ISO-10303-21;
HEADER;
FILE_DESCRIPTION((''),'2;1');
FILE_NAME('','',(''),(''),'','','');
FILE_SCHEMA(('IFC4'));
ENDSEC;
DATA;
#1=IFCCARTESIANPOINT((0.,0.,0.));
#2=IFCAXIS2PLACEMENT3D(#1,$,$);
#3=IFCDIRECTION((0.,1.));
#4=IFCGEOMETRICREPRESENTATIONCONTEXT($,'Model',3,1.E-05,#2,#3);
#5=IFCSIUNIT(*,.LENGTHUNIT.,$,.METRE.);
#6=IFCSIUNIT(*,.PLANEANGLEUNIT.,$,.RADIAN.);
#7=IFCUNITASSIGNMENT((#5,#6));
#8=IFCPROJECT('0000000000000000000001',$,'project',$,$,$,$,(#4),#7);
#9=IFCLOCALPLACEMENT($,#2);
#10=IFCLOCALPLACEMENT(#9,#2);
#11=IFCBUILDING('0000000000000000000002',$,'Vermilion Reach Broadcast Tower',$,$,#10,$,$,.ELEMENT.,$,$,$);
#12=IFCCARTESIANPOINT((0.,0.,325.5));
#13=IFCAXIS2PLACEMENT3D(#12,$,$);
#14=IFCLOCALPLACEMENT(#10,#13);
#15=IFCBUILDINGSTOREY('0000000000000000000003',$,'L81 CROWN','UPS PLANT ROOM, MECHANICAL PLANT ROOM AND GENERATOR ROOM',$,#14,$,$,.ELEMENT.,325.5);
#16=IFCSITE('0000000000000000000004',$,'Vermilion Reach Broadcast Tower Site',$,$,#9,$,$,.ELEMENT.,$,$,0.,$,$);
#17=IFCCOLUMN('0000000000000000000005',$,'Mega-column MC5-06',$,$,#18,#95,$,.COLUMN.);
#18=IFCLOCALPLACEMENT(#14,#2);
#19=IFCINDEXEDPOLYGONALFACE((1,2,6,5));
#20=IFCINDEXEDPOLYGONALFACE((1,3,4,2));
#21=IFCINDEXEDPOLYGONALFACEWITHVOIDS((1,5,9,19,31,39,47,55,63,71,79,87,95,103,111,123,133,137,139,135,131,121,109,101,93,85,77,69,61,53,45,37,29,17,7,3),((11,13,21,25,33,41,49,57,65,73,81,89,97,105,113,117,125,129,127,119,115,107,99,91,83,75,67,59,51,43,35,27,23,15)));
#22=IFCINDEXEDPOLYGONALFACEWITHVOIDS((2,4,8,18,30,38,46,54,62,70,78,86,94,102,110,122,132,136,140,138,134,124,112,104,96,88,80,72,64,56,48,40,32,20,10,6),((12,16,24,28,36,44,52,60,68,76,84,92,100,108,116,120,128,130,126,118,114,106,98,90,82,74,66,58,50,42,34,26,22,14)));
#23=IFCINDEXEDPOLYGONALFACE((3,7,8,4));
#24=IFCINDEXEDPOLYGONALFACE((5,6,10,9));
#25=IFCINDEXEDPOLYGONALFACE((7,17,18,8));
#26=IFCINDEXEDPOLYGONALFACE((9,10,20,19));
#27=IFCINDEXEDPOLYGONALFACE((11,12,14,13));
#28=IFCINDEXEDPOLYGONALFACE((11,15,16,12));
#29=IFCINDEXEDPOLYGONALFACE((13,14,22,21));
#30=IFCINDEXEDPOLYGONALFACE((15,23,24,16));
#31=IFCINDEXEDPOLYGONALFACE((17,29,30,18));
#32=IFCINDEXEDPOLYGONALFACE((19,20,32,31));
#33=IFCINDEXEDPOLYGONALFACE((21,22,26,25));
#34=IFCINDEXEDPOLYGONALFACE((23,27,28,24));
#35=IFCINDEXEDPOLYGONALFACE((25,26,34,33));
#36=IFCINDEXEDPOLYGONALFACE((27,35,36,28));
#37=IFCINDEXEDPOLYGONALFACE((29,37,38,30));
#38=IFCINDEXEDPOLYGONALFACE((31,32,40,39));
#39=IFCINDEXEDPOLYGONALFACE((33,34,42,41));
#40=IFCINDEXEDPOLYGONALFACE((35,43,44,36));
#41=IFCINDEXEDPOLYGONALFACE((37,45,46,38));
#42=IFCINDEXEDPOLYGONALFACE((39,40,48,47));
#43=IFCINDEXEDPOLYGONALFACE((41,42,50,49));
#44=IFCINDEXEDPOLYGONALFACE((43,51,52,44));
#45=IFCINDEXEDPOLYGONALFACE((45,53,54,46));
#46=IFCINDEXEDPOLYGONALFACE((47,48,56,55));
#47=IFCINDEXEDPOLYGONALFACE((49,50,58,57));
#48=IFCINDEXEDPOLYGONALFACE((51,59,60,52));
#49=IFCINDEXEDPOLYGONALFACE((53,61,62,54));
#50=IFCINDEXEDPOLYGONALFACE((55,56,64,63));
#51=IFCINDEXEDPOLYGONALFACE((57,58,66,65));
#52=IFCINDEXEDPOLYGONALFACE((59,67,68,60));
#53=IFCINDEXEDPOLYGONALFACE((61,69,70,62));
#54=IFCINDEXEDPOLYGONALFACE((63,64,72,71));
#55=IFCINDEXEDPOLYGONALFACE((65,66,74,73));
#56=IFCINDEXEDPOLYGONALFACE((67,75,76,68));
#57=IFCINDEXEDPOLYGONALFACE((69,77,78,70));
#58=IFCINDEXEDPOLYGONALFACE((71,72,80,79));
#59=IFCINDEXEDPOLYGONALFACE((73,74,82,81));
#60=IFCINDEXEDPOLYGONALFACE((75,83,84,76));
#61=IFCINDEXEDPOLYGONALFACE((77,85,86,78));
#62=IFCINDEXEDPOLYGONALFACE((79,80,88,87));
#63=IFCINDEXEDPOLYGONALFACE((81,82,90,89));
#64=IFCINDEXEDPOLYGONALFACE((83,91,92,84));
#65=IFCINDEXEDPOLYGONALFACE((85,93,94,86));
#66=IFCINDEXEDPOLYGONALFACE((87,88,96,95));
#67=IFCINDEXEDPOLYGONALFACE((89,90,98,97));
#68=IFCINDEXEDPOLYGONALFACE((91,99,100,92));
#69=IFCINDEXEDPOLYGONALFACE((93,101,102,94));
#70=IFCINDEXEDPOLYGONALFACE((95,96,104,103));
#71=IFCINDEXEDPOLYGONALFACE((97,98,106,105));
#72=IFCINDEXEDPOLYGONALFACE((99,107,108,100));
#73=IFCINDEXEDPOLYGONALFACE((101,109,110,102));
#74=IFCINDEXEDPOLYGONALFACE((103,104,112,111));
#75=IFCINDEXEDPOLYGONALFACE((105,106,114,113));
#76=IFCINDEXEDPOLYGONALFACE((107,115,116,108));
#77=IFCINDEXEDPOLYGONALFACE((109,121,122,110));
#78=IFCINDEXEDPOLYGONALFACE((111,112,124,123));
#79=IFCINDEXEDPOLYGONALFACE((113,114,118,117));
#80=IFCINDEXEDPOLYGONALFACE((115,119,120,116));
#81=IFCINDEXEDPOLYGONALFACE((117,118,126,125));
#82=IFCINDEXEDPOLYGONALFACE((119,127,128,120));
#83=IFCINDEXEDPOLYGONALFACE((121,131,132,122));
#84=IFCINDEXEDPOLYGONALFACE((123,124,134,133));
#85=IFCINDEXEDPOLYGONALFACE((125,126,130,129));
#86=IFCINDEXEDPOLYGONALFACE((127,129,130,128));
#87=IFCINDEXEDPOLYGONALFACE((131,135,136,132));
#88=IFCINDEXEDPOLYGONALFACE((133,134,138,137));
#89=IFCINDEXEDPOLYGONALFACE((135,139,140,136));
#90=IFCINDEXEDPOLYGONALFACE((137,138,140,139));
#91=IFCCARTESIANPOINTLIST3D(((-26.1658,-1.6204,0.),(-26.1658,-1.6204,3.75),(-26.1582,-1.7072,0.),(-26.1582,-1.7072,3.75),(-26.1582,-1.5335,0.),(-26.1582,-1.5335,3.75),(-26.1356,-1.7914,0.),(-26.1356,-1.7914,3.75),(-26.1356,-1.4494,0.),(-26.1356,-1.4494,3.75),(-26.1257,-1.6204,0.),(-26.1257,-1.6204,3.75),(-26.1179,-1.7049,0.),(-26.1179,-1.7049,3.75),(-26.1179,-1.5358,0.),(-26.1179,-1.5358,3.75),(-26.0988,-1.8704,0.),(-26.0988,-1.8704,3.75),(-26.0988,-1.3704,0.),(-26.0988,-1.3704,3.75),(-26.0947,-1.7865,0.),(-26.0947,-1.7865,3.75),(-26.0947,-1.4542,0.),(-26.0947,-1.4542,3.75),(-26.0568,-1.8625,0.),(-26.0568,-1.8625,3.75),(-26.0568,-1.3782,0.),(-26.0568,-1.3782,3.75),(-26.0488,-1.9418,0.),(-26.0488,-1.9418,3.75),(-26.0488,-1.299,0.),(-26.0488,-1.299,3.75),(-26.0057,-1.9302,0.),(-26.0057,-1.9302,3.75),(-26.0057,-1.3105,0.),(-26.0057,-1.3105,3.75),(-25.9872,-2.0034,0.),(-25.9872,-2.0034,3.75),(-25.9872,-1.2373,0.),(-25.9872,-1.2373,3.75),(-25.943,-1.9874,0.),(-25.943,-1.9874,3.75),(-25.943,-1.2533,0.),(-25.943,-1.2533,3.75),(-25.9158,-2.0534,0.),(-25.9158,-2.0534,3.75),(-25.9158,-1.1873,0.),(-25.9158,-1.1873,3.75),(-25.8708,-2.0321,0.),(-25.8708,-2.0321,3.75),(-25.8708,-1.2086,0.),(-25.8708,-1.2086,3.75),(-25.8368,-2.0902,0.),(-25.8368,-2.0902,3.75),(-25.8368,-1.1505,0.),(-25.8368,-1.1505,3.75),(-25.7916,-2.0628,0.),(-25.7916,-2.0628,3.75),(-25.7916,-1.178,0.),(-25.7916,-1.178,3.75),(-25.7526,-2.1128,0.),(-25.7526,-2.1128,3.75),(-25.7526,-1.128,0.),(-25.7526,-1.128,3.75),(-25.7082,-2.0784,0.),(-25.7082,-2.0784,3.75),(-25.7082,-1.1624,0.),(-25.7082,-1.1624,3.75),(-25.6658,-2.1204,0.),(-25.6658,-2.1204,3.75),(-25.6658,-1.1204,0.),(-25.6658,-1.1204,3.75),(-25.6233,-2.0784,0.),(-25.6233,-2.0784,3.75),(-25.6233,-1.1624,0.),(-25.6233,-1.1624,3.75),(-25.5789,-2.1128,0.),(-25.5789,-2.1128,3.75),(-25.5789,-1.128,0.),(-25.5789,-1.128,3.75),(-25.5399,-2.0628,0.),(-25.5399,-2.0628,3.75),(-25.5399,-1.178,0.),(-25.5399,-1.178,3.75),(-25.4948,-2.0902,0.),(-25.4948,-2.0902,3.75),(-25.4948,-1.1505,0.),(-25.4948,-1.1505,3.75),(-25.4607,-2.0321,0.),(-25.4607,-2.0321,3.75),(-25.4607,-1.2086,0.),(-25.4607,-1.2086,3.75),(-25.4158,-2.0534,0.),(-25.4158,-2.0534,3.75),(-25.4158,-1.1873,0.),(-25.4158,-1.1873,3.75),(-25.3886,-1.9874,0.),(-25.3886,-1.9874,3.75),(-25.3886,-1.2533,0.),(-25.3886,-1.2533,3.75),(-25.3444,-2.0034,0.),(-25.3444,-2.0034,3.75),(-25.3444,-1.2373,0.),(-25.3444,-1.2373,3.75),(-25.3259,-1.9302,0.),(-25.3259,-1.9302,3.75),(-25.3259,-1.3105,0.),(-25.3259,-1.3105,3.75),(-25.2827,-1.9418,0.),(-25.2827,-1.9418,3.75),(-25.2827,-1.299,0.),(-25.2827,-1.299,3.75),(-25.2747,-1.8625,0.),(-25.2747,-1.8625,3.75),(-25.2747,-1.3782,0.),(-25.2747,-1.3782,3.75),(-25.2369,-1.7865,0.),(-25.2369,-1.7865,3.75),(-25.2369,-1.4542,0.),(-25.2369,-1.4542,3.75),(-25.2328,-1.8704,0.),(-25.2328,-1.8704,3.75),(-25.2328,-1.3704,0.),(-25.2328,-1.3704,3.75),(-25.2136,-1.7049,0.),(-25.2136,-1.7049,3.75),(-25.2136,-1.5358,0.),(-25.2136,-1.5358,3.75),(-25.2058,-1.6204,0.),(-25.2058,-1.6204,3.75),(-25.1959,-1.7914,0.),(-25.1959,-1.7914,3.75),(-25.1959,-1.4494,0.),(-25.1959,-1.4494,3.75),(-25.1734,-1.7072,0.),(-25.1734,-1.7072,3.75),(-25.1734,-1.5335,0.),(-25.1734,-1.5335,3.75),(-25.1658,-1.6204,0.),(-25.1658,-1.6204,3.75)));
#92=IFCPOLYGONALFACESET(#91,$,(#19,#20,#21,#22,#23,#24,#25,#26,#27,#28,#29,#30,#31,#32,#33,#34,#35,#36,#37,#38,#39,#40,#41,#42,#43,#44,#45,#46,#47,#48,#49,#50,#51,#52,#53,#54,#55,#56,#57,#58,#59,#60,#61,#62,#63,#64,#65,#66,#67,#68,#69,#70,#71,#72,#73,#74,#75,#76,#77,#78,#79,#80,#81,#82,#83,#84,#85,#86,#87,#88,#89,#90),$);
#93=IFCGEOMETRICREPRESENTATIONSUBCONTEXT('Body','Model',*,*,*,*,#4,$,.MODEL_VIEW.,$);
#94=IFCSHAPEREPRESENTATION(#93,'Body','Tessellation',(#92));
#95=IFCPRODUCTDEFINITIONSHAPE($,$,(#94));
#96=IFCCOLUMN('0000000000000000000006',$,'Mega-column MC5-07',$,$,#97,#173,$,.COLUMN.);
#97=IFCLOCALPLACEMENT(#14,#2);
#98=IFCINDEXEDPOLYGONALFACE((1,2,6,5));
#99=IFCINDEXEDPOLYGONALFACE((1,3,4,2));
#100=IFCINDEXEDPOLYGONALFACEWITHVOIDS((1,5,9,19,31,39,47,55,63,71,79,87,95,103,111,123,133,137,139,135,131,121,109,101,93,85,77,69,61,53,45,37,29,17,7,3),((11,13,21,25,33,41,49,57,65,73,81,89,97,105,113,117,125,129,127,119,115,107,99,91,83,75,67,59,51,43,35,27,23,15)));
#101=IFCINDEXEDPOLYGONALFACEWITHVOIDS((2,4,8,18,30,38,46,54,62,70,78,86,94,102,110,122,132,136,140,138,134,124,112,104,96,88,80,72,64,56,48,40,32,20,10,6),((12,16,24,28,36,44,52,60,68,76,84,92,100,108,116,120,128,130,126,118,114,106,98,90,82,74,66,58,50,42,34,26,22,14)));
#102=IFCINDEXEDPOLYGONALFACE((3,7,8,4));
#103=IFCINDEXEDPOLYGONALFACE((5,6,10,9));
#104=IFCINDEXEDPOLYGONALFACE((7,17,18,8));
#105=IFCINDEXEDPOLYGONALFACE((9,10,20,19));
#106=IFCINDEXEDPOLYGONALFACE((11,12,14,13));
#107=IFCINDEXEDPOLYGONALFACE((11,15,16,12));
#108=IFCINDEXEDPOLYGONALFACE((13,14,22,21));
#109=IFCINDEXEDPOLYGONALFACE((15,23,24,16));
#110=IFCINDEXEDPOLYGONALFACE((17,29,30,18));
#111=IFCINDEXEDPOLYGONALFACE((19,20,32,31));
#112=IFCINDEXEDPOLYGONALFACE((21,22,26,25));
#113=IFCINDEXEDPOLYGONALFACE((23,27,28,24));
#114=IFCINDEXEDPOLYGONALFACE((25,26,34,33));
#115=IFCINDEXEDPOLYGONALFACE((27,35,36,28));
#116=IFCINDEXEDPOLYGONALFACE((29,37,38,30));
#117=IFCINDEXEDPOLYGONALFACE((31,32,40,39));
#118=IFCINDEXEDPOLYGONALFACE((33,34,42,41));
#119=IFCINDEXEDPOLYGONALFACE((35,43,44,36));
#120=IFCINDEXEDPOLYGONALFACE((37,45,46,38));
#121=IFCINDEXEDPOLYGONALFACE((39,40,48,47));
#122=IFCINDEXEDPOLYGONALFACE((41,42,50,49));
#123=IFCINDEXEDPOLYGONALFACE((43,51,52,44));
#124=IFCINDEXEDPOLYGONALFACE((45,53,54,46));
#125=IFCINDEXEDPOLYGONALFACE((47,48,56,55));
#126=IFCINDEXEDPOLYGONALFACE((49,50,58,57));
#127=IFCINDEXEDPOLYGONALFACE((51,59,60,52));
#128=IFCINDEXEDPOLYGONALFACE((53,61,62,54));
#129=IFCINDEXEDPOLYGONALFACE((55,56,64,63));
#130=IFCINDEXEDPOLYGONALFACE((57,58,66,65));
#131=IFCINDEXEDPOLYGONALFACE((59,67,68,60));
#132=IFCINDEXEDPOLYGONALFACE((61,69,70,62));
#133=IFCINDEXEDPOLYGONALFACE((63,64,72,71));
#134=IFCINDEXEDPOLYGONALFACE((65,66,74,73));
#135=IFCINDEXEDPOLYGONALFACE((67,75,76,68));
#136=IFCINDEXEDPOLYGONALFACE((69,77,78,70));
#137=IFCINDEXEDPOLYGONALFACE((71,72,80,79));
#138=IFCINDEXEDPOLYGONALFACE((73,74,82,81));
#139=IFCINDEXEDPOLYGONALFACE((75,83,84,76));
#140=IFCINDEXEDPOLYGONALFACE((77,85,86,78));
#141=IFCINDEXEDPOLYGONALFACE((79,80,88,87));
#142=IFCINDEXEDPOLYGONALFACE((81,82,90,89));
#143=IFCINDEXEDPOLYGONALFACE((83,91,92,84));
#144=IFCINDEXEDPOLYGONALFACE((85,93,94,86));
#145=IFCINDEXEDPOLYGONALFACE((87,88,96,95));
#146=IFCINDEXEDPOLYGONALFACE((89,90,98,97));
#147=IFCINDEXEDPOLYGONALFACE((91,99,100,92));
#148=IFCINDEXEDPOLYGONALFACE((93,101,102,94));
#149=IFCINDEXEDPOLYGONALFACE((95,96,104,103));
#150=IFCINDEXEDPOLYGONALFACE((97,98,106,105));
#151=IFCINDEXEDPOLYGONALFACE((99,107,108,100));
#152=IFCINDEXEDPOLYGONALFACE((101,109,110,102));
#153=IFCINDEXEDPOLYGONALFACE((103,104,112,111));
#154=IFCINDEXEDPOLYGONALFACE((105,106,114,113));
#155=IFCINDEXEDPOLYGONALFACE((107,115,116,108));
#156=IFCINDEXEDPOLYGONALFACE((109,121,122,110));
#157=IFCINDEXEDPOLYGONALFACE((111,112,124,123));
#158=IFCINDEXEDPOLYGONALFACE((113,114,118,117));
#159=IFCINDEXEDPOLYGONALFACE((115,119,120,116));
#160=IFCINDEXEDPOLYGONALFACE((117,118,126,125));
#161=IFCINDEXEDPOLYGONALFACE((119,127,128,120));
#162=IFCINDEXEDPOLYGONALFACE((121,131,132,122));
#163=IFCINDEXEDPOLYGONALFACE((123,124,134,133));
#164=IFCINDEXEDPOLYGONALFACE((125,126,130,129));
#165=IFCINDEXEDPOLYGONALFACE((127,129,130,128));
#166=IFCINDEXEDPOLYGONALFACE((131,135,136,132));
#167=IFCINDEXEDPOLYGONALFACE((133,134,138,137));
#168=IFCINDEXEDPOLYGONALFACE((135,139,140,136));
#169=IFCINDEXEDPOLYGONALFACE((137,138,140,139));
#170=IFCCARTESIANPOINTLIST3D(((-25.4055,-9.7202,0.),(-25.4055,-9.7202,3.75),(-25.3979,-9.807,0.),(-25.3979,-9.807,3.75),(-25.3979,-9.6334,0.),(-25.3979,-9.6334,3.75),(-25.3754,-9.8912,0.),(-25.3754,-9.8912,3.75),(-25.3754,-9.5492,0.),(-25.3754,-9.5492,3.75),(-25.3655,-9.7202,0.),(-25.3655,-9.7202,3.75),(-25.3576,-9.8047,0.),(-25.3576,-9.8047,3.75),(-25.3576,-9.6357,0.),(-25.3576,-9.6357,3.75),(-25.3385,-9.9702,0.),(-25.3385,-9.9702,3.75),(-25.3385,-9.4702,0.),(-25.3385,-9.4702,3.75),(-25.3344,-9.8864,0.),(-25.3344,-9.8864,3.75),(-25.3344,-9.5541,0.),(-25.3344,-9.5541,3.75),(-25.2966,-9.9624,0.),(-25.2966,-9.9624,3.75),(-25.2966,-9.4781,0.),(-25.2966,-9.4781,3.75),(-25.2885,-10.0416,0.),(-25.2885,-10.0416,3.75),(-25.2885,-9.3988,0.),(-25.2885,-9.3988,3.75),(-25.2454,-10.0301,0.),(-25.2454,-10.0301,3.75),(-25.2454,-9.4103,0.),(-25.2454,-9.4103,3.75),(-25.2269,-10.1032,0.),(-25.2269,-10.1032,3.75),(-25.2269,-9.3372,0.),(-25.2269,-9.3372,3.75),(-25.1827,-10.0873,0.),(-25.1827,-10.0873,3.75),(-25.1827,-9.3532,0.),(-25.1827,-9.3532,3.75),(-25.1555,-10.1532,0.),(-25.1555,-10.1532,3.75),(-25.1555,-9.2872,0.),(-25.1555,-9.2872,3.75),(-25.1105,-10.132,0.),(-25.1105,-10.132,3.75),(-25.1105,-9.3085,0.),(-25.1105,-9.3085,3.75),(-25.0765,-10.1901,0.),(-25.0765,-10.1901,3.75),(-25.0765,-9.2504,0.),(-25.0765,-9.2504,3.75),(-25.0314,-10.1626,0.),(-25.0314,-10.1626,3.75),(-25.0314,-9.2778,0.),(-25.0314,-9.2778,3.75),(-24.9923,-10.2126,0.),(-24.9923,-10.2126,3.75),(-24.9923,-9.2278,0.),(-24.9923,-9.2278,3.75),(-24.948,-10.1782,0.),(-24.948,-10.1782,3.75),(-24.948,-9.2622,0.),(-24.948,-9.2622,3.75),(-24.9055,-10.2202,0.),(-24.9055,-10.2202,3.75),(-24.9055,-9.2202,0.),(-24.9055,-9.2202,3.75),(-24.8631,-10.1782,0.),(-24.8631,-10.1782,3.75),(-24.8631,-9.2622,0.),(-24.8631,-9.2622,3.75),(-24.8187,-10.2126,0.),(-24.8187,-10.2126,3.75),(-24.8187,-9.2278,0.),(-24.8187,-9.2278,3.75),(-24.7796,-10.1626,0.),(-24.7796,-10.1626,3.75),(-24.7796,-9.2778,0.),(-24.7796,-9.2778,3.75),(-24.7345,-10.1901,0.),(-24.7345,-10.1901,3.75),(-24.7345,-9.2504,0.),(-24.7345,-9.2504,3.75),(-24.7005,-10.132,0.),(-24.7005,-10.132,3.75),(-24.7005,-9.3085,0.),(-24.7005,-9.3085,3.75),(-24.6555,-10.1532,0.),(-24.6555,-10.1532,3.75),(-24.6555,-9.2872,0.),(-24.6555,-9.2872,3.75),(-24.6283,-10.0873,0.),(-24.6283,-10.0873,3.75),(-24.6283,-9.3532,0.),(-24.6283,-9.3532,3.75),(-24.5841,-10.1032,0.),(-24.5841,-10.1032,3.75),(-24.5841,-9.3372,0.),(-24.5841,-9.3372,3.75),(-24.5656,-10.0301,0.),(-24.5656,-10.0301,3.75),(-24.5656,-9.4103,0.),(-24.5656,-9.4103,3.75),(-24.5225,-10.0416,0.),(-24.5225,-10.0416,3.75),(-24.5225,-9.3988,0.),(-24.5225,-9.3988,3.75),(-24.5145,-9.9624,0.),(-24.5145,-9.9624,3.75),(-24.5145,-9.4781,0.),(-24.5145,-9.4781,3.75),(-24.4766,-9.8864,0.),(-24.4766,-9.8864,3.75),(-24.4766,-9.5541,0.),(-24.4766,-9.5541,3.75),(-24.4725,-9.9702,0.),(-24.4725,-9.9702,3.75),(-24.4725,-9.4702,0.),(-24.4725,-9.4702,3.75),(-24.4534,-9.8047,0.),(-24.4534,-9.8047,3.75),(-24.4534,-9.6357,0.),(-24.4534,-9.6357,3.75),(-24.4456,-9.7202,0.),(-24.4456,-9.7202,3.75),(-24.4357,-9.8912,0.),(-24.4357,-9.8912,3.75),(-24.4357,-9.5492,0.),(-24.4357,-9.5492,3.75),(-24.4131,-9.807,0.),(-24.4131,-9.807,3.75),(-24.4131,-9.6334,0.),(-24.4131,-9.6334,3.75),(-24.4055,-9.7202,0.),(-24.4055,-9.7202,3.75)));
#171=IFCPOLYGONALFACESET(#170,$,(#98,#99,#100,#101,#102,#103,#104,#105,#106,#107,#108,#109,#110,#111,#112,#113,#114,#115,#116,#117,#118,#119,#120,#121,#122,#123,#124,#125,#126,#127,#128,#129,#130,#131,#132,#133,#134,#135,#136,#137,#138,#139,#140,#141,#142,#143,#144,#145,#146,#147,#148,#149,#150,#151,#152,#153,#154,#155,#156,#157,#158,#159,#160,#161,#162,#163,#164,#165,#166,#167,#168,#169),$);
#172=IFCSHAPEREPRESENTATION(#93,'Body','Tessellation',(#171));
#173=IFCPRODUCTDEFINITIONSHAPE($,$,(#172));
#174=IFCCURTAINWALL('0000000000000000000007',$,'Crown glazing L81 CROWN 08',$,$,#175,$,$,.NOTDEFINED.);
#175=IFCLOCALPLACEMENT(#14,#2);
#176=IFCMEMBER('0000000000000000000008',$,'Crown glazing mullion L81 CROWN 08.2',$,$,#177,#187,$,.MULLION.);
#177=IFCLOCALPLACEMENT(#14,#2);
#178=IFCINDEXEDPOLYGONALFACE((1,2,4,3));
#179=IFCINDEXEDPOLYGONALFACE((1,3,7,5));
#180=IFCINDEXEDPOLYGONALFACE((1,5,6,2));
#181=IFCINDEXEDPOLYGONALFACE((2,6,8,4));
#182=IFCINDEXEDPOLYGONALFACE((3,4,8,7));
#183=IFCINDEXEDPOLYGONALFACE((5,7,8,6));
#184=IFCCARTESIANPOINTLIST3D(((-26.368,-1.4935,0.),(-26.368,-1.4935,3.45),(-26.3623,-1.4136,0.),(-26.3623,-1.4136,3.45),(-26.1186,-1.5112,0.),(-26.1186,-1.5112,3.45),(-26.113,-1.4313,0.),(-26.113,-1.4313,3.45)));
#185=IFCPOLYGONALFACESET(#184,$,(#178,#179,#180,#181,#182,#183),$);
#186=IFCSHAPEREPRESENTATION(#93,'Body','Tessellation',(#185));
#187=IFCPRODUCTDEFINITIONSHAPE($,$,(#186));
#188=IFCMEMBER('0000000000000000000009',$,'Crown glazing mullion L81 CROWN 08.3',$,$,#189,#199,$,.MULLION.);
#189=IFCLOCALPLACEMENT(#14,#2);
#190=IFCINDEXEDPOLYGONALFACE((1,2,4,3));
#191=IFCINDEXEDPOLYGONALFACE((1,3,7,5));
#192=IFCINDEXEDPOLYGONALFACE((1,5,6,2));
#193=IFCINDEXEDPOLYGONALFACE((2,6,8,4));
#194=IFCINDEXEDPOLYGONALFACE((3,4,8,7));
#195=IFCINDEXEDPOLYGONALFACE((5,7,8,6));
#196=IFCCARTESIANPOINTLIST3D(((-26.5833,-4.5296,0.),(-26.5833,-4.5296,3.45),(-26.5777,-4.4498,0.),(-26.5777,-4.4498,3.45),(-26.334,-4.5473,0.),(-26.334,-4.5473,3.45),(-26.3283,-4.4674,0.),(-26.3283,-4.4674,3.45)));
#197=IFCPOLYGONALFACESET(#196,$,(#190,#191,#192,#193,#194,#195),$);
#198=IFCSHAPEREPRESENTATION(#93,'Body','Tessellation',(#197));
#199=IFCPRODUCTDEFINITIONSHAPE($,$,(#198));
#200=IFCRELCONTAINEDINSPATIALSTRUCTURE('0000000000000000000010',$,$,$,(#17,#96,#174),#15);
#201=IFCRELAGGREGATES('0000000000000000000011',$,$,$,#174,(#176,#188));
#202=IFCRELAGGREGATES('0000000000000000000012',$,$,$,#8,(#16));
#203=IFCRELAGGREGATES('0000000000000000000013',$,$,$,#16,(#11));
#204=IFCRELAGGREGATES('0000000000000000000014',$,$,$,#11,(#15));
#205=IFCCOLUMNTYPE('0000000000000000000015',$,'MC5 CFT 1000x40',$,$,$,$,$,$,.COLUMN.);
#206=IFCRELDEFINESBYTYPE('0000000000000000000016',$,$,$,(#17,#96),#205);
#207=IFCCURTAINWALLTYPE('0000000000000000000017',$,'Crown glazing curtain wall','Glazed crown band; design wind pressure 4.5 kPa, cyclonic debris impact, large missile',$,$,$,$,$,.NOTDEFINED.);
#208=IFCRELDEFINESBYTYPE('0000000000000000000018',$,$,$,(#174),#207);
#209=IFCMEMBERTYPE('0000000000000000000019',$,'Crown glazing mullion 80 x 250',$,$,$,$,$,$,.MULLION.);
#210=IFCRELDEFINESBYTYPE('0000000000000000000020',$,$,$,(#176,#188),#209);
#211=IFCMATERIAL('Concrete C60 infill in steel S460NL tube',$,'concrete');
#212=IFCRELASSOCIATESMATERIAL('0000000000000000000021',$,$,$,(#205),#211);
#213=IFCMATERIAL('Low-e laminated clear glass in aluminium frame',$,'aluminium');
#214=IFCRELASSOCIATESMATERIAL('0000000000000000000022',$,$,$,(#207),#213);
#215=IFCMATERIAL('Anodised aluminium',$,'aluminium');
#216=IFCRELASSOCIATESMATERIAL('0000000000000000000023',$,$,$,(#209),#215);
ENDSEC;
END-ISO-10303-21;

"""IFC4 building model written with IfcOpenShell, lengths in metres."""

from ifc_helpers import new_model, si_unit, direction, frame, origin, origin_2d, place, context, subcontext, project, spatial, rectangle, hollow_circle, extrude, material, material_profile, profile_set, type_object, element, aggregate, save


model = new_model("IFC4")

# Units and contexts
model_context = context("Model", 3, precision=1e-05, world=origin(), true_north=direction((0.0, 1.0)))
body_context = subcontext(model_context, "Body", "Model", "MODEL_VIEW")
ifc_project = project(units=[si_unit("LENGTHUNIT", "METRE"), si_unit("PLANEANGLEUNIT", "RADIAN")], contexts=[model_context])

# Site, building, storey
site_placement = place(None, origin())
site = spatial("IfcSite", under=ifc_project, at=site_placement, Name="Vermilion Reach Broadcast Tower Site", CompositionType="ELEMENT", RefElevation=0.0)
building_placement = place(site_placement, origin())
building = spatial("IfcBuilding", under=site, at=building_placement, Name="Vermilion Reach Broadcast Tower", CompositionType="ELEMENT")
storey_placement = place(building_placement, frame((0.0, 0.0, 325.5)))
storey = spatial("IfcBuildingStorey", under=building, at=storey_placement, Name="L81 CROWN", Description="UPS PLANT ROOM, MECHANICAL PLANT ROOM AND GENERATOR ROOM", CompositionType="ELEMENT", Elevation=325.5)

# Columns
ifc_material_1 = material(Name="Concrete C60 infill in steel S460NL tube", Category="concrete")
ifc_material_profile_1 = material_profile(ifc_material_1, hollow_circle(Radius=0.5, WallThickness=0.04, at=origin_2d()), Name="Concrete C60 infill in steel S460NL tube CFT 1000x40")
ifc_profile_set_1 = profile_set([ifc_material_profile_1], Name="Concrete C60 infill in steel S460NL tube")
column_type = type_object("IfcColumnType", Name="MC5 CFT 1000x40", PredefinedType="COLUMN", material=ifc_profile_set_1)
for number, where, z_axis, x_axis, name in (
    (1, (-25.6658, -1.6204, 0.0), (0.0, 0.0, 1.0), (1.0, 0.0, 0.0), "Mega-column MC5-06"),
    (2, (-24.9055, -9.7202, 0.0), (0.0, 0.0, 1.0), (1.0, 0.0, 0.0), "Mega-column MC5-07"),
):
    element("IfcColumn", number, at=place(storey_placement, frame(where, z_axis=z_axis, x_axis=x_axis)), inside=storey, type_object=column_type, Name=name, PredefinedType="COLUMN", context=body_context, shape_type="SweptSolid", body=[
        extrude(hollow_circle(Radius=0.5, WallThickness=0.04, at=origin_2d()), origin(), (0.0, 0.0, 1.0), 3.75),
    ])

# Curtain wall, members
ifc_material_2 = material(Name="Low-e laminated clear glass in aluminium frame", Category="aluminium")
curtain_wall_type = type_object("IfcCurtainWallType", Name="Crown glazing curtain wall", Description="Glazed crown band; design wind pressure 4.5 kPa, cyclonic debris impact, large missile", PredefinedType="NOTDEFINED", material=ifc_material_2)
placement = place(storey_placement, origin())
curtain_wall_1 = element("IfcCurtainWall", 3, at=placement, inside=storey, type_object=curtain_wall_type, Name="Crown glazing L81 CROWN 08", PredefinedType="NOTDEFINED")
ifc_material_3 = material(Name="Anodised aluminium", Category="aluminium")
ifc_material_profile_2 = material_profile(ifc_material_3, rectangle(XDim=0.25, YDim=0.0801, at=origin_2d()), Name="Crown glazing mullion 80 x 250")
ifc_profile_set_2 = profile_set([ifc_material_profile_2], Name="Anodised aluminium")
member_type_1 = type_object("IfcMemberType", Name="Crown glazing mullion 80 x 250", PredefinedType="MULLION", material=ifc_profile_set_2)
member_1_placement = place(storey_placement, frame((-26.2405, -1.4624, 0.0), z_axis=(0.0, 0.0, 1.0), x_axis=(0.9975, -0.070673, 0.0)))
member_1 = element("IfcMember", 4, at=member_1_placement, type_object=member_type_1, Name="Crown glazing mullion L81 CROWN 08.2", PredefinedType="MULLION", context=body_context, shape_type="SweptSolid", body=[
    extrude(rectangle(XDim=0.25, YDim=0.0801, at=origin_2d()), origin(), (0.0, 0.0, 1.0), 3.45),
])
member_2_placement = place(storey_placement, frame((-26.4558, -4.4985, 0.0), z_axis=(0.0, 0.0, 1.0), x_axis=(0.9975, -0.070673, 0.0)))
member_2 = element("IfcMember", 5, at=member_2_placement, type_object=member_type_1, Name="Crown glazing mullion L81 CROWN 08.3", PredefinedType="MULLION", context=body_context, shape_type="SweptSolid", body=[
    extrude(rectangle(XDim=0.25, YDim=0.0801, at=origin_2d()), origin(), (0.0, 0.0, 1.0), 3.45),
])

aggregate(curtain_wall_1, [member_1, member_2])

save(model, "model.ifc")
